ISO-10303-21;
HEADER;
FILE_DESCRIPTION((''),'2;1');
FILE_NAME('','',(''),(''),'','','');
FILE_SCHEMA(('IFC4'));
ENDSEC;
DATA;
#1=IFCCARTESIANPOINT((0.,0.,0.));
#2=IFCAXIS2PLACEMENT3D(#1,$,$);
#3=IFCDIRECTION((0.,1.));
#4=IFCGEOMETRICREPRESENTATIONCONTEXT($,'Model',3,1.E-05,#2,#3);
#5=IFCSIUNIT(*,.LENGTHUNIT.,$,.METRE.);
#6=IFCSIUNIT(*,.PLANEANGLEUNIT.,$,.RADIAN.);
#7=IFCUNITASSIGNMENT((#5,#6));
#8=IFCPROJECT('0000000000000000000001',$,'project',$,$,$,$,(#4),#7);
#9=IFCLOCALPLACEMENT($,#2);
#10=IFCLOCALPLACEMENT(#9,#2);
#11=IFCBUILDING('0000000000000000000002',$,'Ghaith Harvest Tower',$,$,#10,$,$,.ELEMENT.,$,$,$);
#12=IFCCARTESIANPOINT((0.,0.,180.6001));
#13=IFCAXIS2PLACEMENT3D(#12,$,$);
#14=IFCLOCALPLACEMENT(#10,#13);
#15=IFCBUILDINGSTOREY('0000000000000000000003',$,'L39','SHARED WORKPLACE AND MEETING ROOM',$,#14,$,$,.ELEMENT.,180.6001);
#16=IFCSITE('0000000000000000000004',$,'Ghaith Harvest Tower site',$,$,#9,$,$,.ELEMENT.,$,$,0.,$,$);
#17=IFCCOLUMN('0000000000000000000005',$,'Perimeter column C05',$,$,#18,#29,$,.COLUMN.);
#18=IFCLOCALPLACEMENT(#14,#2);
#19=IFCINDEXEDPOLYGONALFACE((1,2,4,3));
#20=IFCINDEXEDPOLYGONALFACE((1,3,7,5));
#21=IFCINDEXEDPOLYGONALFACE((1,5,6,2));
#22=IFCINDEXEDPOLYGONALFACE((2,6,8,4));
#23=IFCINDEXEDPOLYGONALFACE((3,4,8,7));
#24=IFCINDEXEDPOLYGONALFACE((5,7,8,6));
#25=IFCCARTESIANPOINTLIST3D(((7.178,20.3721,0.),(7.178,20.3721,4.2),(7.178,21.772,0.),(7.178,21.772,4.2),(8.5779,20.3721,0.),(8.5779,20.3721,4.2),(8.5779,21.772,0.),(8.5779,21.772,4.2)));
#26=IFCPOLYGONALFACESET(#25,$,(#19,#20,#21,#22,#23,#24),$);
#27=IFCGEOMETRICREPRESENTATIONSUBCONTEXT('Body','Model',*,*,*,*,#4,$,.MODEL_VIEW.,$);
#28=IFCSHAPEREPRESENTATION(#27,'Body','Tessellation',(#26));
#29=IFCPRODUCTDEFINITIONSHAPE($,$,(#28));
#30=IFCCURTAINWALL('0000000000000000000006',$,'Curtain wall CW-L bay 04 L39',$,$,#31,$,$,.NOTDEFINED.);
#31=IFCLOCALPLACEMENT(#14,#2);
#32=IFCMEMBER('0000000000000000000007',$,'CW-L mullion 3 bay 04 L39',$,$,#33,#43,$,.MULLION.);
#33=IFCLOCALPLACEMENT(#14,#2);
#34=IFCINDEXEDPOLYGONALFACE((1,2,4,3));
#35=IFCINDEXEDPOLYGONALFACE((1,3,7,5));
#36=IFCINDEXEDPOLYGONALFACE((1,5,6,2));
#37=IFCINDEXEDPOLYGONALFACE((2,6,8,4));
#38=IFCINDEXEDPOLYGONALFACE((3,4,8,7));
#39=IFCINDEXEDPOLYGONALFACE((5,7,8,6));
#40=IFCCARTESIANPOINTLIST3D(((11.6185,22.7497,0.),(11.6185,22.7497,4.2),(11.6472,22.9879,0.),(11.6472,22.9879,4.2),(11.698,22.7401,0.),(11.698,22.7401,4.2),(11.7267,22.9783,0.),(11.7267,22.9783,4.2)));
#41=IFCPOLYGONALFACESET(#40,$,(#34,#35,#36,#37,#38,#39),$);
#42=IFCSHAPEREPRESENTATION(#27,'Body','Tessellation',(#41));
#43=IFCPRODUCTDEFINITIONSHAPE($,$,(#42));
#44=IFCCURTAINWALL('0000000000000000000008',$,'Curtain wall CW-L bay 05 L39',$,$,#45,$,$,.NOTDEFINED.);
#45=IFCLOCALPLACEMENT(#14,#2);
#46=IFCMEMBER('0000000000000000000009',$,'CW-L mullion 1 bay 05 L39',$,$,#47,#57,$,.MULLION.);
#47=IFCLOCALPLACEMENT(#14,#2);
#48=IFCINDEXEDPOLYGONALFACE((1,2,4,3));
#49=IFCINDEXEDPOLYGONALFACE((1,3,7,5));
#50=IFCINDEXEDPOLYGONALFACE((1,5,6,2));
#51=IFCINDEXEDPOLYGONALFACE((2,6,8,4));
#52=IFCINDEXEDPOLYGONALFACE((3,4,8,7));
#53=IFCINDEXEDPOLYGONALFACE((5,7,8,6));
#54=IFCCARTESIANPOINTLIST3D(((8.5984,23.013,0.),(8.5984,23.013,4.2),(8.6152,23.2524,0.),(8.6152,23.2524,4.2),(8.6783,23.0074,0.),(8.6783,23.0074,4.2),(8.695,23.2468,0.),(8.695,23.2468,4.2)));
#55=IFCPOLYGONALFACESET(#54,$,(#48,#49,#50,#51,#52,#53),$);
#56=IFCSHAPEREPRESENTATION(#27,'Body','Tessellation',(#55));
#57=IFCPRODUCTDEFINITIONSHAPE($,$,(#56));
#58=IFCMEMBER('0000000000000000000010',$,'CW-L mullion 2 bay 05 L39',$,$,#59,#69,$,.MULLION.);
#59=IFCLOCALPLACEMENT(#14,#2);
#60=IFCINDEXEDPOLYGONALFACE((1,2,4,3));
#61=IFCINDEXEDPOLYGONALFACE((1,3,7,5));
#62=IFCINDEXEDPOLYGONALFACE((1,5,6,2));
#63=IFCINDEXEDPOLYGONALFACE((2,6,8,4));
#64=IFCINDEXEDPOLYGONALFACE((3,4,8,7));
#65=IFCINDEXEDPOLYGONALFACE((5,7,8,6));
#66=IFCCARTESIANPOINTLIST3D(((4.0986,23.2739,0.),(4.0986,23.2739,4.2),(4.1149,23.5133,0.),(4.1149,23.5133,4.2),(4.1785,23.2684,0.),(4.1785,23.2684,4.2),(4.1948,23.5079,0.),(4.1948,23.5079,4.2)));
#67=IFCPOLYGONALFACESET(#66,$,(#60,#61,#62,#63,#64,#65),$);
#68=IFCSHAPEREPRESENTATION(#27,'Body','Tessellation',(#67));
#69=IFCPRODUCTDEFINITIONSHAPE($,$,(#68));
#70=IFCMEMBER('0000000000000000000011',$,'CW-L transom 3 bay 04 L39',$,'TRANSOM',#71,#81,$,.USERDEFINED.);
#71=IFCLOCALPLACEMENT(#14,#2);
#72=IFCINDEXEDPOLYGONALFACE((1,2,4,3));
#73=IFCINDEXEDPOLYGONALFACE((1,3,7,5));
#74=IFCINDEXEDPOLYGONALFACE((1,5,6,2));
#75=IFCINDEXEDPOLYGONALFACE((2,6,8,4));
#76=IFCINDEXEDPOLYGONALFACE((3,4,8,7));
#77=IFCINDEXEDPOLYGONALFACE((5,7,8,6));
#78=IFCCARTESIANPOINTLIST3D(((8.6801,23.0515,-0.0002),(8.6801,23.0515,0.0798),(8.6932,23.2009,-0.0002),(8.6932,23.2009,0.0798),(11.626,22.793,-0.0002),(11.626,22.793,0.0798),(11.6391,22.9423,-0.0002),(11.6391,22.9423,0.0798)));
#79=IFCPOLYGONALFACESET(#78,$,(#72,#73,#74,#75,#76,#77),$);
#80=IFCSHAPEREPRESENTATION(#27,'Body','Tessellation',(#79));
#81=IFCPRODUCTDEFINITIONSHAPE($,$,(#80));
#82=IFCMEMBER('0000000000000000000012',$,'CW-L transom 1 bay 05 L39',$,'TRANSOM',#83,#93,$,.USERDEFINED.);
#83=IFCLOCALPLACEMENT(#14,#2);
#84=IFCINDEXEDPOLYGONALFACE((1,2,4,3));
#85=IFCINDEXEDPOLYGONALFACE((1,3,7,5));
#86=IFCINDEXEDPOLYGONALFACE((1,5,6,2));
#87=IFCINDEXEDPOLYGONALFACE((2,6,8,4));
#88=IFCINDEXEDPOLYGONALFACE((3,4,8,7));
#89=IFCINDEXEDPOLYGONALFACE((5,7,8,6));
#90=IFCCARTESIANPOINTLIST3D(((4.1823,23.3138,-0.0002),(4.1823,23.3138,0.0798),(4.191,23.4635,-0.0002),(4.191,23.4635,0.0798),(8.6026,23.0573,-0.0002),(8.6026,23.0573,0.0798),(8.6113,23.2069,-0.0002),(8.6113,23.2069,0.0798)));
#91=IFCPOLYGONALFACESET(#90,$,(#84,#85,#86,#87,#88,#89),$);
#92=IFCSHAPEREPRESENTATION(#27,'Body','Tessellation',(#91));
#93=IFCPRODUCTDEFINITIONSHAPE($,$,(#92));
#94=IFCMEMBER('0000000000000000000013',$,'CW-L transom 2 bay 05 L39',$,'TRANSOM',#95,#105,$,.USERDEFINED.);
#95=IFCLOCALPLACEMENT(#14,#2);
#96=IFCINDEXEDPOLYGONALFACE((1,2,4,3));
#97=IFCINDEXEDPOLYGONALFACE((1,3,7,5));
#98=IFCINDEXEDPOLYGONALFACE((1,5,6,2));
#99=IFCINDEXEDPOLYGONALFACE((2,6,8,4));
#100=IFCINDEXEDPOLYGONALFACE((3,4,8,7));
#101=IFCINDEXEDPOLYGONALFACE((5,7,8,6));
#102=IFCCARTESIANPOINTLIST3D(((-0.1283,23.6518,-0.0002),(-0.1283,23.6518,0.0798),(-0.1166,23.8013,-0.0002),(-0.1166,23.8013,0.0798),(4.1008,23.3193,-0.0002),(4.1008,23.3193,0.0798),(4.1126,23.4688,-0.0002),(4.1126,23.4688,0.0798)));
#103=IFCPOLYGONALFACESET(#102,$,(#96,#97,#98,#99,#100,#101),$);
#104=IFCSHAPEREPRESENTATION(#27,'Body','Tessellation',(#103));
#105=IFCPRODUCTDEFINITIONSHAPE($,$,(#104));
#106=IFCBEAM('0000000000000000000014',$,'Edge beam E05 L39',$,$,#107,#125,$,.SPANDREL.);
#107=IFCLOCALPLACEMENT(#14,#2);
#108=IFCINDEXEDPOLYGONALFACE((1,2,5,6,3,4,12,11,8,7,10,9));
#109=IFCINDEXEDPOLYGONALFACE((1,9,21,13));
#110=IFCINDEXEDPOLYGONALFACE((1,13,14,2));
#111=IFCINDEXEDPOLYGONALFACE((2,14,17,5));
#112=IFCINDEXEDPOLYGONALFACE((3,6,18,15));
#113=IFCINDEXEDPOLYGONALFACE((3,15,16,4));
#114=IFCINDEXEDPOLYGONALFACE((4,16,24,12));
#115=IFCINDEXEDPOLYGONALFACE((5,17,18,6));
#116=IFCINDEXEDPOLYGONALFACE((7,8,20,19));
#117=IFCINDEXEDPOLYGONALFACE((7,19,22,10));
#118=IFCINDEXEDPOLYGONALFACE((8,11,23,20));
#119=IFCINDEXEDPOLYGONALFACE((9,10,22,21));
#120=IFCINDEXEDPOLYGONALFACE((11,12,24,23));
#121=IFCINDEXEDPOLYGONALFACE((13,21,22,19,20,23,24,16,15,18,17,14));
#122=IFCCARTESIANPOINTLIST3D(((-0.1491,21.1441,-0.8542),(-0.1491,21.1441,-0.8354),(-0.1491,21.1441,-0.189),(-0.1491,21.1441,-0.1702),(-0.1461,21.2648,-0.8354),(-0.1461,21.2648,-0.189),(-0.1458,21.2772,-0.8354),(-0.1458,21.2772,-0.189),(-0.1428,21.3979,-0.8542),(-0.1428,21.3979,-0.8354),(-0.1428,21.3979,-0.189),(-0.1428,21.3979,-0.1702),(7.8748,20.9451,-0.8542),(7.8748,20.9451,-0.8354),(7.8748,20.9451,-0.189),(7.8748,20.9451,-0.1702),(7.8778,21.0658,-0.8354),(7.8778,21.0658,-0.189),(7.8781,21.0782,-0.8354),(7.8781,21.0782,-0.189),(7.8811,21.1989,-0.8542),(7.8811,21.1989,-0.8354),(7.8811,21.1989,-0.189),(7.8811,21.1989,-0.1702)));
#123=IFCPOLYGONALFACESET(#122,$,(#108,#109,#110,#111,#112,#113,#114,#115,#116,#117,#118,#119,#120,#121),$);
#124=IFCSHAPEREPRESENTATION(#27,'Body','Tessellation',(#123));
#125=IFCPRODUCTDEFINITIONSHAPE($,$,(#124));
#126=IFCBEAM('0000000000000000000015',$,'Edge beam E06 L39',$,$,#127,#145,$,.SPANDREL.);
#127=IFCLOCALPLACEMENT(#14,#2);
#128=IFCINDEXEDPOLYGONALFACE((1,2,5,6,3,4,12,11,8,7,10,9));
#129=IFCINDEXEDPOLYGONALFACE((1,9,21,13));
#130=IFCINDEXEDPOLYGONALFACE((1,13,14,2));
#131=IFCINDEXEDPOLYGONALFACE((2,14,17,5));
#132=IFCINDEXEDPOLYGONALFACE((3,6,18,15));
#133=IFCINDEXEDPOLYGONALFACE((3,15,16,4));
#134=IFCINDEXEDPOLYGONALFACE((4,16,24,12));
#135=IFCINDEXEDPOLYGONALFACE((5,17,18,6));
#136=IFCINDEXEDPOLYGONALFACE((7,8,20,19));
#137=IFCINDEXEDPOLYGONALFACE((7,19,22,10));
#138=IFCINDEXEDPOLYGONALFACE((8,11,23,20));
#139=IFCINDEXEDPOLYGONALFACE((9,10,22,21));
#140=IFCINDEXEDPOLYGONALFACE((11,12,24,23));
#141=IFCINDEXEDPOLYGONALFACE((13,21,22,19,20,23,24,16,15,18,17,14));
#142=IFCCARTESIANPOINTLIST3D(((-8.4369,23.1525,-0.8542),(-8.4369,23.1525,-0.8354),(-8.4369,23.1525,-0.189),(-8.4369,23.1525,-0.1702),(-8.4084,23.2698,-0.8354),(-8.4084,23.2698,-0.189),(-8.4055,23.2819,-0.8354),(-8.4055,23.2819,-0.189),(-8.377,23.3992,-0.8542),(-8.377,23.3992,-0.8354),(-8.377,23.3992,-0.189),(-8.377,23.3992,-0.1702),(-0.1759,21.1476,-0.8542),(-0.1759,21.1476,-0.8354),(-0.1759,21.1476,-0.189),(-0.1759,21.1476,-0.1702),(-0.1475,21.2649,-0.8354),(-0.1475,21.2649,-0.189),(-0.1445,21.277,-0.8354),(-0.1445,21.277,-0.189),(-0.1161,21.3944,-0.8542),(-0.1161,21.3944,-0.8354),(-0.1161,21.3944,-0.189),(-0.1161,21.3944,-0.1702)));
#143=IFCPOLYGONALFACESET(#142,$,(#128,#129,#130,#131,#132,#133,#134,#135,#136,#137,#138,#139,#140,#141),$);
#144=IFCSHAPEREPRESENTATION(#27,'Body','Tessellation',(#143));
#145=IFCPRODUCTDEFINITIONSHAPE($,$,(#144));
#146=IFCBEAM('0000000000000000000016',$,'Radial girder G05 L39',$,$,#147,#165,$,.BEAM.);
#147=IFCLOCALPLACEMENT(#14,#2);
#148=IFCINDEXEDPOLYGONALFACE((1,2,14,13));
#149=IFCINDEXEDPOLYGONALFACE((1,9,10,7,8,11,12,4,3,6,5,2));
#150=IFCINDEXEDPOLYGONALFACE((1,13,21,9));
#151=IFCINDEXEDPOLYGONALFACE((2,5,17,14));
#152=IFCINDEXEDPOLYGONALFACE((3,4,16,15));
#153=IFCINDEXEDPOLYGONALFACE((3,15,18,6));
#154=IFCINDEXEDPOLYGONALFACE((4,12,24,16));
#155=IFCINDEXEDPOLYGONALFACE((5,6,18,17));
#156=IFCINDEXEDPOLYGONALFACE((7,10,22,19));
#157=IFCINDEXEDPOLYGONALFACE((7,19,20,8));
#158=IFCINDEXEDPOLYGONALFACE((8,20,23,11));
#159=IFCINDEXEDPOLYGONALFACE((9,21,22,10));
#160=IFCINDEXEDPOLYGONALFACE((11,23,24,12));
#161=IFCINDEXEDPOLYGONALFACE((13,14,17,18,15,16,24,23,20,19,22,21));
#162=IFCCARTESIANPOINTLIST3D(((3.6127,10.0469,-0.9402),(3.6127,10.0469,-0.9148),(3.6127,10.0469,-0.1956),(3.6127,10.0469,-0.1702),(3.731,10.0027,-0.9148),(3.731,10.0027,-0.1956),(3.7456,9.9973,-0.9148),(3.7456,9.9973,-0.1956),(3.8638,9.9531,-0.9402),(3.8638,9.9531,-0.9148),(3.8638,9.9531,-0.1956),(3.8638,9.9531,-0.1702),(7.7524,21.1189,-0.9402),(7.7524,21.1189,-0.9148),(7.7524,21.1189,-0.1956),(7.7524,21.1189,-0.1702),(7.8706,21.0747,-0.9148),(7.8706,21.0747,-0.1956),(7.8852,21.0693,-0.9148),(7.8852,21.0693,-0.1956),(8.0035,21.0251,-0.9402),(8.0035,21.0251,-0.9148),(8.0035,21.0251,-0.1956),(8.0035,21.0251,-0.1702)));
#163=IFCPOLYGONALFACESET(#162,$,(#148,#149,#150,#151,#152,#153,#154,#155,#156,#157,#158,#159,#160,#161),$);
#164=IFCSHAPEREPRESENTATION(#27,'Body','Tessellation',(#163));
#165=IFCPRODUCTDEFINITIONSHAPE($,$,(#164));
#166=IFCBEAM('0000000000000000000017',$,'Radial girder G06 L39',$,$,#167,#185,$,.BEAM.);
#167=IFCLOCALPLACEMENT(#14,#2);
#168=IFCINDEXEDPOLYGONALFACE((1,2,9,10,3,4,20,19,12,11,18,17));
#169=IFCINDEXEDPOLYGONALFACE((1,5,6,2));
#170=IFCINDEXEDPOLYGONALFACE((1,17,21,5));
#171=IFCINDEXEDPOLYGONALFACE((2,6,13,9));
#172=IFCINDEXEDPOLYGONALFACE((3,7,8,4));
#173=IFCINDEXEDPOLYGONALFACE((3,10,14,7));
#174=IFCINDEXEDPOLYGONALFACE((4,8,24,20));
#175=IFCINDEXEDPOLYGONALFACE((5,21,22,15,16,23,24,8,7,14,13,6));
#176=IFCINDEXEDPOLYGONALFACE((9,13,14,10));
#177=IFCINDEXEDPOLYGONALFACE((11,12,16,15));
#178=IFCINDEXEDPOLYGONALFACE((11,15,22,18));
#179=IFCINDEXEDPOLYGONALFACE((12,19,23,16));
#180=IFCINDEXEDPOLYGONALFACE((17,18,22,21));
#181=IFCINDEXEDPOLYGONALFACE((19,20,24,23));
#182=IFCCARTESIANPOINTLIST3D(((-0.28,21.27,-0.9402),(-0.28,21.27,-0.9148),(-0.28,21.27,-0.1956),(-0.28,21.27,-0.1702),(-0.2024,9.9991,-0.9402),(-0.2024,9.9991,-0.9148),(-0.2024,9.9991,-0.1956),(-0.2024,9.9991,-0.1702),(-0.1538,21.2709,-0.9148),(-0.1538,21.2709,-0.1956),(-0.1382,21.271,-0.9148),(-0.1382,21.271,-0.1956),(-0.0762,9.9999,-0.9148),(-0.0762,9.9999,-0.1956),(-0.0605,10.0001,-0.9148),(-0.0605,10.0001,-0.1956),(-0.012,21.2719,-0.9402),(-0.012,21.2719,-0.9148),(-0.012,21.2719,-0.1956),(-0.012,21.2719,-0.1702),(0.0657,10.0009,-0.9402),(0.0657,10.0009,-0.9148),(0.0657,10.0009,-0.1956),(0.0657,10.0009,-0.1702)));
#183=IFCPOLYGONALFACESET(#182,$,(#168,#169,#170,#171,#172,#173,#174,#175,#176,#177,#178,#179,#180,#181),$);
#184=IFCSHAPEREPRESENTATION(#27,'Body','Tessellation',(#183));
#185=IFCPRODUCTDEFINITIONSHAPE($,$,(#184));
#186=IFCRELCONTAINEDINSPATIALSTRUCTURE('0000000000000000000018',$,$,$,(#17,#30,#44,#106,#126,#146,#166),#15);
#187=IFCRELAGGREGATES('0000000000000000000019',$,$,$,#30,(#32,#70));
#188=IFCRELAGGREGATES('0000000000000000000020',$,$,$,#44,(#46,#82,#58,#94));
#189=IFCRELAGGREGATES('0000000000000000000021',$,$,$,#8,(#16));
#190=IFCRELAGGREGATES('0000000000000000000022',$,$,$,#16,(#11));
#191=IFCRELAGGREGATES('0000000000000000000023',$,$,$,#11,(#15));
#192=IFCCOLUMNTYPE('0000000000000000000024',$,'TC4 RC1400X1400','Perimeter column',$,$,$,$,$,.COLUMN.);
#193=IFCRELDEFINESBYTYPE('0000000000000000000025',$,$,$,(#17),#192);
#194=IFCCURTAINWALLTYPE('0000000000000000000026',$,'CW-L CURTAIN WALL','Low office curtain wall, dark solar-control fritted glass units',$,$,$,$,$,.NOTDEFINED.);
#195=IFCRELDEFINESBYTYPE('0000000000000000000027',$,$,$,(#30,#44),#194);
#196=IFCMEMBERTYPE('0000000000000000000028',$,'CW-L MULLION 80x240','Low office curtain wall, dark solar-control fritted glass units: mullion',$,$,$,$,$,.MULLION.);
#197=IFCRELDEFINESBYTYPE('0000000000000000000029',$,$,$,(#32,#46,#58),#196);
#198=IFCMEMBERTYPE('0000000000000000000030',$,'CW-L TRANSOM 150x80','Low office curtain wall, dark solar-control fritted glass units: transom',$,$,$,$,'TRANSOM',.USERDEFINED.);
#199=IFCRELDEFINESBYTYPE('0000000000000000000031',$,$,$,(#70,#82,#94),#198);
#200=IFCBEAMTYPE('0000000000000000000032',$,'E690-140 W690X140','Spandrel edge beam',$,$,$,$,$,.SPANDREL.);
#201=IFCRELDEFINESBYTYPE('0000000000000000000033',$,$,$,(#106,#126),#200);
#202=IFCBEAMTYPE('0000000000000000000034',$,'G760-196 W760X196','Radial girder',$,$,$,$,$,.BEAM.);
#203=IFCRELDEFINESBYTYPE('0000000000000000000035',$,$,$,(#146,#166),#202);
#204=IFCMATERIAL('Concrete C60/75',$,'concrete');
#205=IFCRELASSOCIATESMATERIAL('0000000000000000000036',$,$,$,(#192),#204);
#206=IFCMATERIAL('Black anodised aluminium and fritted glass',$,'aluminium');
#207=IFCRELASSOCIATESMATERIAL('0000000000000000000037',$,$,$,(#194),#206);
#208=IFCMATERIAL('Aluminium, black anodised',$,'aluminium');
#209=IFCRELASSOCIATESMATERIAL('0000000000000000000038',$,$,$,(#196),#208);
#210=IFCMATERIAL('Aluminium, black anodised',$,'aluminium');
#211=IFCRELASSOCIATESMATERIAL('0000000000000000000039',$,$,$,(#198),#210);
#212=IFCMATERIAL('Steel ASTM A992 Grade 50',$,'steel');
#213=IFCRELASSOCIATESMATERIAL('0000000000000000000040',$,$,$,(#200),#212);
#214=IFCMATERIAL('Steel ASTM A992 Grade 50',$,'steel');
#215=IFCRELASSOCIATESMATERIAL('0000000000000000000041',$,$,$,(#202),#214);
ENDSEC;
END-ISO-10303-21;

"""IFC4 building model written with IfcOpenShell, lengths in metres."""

from ifc_helpers import new_model, si_unit, direction, frame, origin, origin_2d, place, context, subcontext, project, spatial, rectangle, i_section, extrude, material, material_profile, profile_set, type_object, element, aggregate, save


model = new_model("IFC4")

# Units and contexts
model_context = context("Model", 3, precision=1e-05, world=origin(), true_north=direction((0.0, 1.0)))
body_context = subcontext(model_context, "Body", "Model", "MODEL_VIEW")
ifc_project = project(units=[si_unit("LENGTHUNIT", "METRE"), si_unit("PLANEANGLEUNIT", "RADIAN")], contexts=[model_context])

# Site, building, storey
site_placement = place(None, origin())
site = spatial("IfcSite", under=ifc_project, at=site_placement, Name="Ghaith Harvest Tower site", CompositionType="ELEMENT", RefElevation=0.0)
building_placement = place(site_placement, origin())
building = spatial("IfcBuilding", under=site, at=building_placement, Name="Ghaith Harvest Tower", CompositionType="ELEMENT")
storey_placement = place(building_placement, frame((0.0, 0.0, 180.6001)))
storey = spatial("IfcBuildingStorey", under=building, at=storey_placement, Name="L39", Description="SHARED WORKPLACE AND MEETING ROOM", CompositionType="ELEMENT", Elevation=180.6001)

# Column
ifc_material_1 = material(Name="Concrete C60/75", Category="concrete")
ifc_material_profile_1 = material_profile(ifc_material_1, rectangle(XDim=1.3999, YDim=1.3999, at=origin_2d()), Name="RC1400X1400")
ifc_profile_set_1 = profile_set([ifc_material_profile_1], Name="Concrete C60/75")
column_type = type_object("IfcColumnType", Name="TC4 RC1400X1400", Description="Perimeter column", PredefinedType="COLUMN", material=ifc_profile_set_1)
column_placement = place(storey_placement, frame((7.8779, 21.072, 0.0), z_axis=(0.0, 0.0, 1.0), x_axis=(1.0, 0.0, 0.0)))
element("IfcColumn", 1, at=column_placement, inside=storey, type_object=column_type, Name="Perimeter column C05", PredefinedType="COLUMN", context=body_context, shape_type="SweptSolid", body=[
    extrude(rectangle(XDim=1.3999, YDim=1.3999, at=origin_2d()), origin(), (0.0, 0.0, 1.0), 4.2),
])

# Curtain wall, member
ifc_material_2 = material(Name="Black anodised aluminium and fritted glass", Category="aluminium")
curtain_wall_type = type_object("IfcCurtainWallType", Name="CW-L CURTAIN WALL", Description="Low office curtain wall, dark solar-control fritted glass units", PredefinedType="NOTDEFINED", material=ifc_material_2)
curtain_wall_1_placement = place(storey_placement, origin())
curtain_wall_1 = element("IfcCurtainWall", 2, at=curtain_wall_1_placement, inside=storey, type_object=curtain_wall_type, Name="Curtain wall CW-L bay 04 L39", PredefinedType="NOTDEFINED")
ifc_material_3 = material(Name="Aluminium, black anodised", Category="aluminium")
ifc_material_profile_2 = material_profile(ifc_material_3, rectangle(XDim=0.0801, YDim=0.24, at=origin_2d()), Name="CW-L MULLION 80x240")
ifc_profile_set_2 = profile_set([ifc_material_profile_2], Name="Aluminium, black anodised")
member_type_1 = type_object("IfcMemberType", Name="CW-L MULLION 80x240", Description="Low office curtain wall, dark solar-control fritted glass units: mullion", PredefinedType="MULLION", material=ifc_profile_set_2)
member_1_placement = place(storey_placement, frame((11.6726, 22.864, 0.0), z_axis=(0.0, 0.0, 1.0), x_axis=(-0.9928, 0.11978, 0.0)))
member_1 = element("IfcMember", 3, at=member_1_placement, type_object=member_type_1, Name="CW-L mullion 3 bay 04 L39", PredefinedType="MULLION", context=body_context, shape_type="SweptSolid", body=[
    extrude(rectangle(XDim=0.0801, YDim=0.24, at=origin_2d()), origin(), (0.0, 0.0, 1.0), 4.2),
])

# Curtain wall, members
curtain_wall_2_placement = place(storey_placement, origin())
curtain_wall_2 = element("IfcCurtainWall", 4, at=curtain_wall_2_placement, inside=storey, type_object=curtain_wall_type, Name="Curtain wall CW-L bay 05 L39", PredefinedType="NOTDEFINED")
member_2_placement = place(storey_placement, frame((8.6467, 23.1299, 0.0), z_axis=(0.0, 0.0, 1.0), x_axis=(-0.997559, 0.069832, 0.0)))
member_2 = element("IfcMember", 5, at=member_2_placement, type_object=member_type_1, Name="CW-L mullion 1 bay 05 L39", PredefinedType="MULLION", context=body_context, shape_type="SweptSolid", body=[
    extrude(rectangle(XDim=0.0801, YDim=0.24, at=origin_2d()), origin(), (0.0, 0.0, 1.0), 4.2),
])
member_3_placement = place(storey_placement, frame((4.1467, 23.3909, 0.0), z_axis=(0.0, 0.0, 1.0), x_axis=(-0.99769, 0.067933, 0.0)))
member_3 = element("IfcMember", 6, at=member_3_placement, type_object=member_type_1, Name="CW-L mullion 2 bay 05 L39", PredefinedType="MULLION", context=body_context, shape_type="SweptSolid", body=[
    extrude(rectangle(XDim=0.0801, YDim=0.24, at=origin_2d()), origin(), (0.0, 0.0, 1.0), 4.2),
])

# Members
ifc_material_4 = material(Name="Aluminium, black anodised", Category="aluminium")
ifc_material_profile_3 = material_profile(ifc_material_4, rectangle(XDim=0.1499, YDim=0.0801, at=origin_2d()), Name="CW-L TRANSOM 150x80")
ifc_profile_set_3 = profile_set([ifc_material_profile_3], Name="Aluminium, black anodised")
member_type_2 = type_object("IfcMemberType", Name="CW-L TRANSOM 150x80", Description="Low office curtain wall, dark solar-control fritted glass units: transom", ElementType="TRANSOM", PredefinedType="USERDEFINED", material=ifc_profile_set_3)
member_4_placement = place(storey_placement, frame((11.6326, 22.8677, 0.0398), z_axis=(-0.996171, 0.087424, 0.0), x_axis=(-0.087424, -0.996171, 0.0)))
member_4 = element("IfcMember", 7, at=member_4_placement, type_object=member_type_2, Name="CW-L transom 3 bay 04 L39", ObjectType="TRANSOM", PredefinedType="USERDEFINED", context=body_context, shape_type="SweptSolid", body=[
    extrude(rectangle(XDim=0.1499, YDim=0.0801, at=origin_2d()), origin(), (0.0, 0.0, 1.0), 2.9573),
])
member_5_placement = place(storey_placement, frame((8.6069, 23.1321, 0.0398), z_axis=(-0.99832, 0.05795, 0.0), x_axis=(-0.05795, -0.99832, 0.0)))
member_5 = element("IfcMember", 8, at=member_5_placement, type_object=member_type_2, Name="CW-L transom 1 bay 05 L39", ObjectType="TRANSOM", PredefinedType="USERDEFINED", context=body_context, shape_type="SweptSolid", body=[
    extrude(rectangle(XDim=0.1499, YDim=0.0801, at=origin_2d()), origin(), (0.0, 0.0, 1.0), 4.4277),
])
member_6_placement = place(storey_placement, frame((4.1067, 23.394, 0.0398), z_axis=(-0.996923, 0.078382, 0.0), x_axis=(-0.078382, -0.996923, 0.0)))
member_6 = element("IfcMember", 9, at=member_6_placement, type_object=member_type_2, Name="CW-L transom 2 bay 05 L39", ObjectType="TRANSOM", PredefinedType="USERDEFINED", context=body_context, shape_type="SweptSolid", body=[
    extrude(rectangle(XDim=0.1499, YDim=0.0801, at=origin_2d()), origin(), (0.0, 0.0, 1.0), 4.2422),
])

# Beams
ifc_material_5 = material(Name="Steel ASTM A992 Grade 50", Category="steel")
ifc_material_profile_4 = material_profile(ifc_material_5, i_section(OverallWidth=0.2539, OverallDepth=0.6841, WebThickness=0.0125, FlangeThickness=0.0188, at=origin_2d()), Name="W690X140")
ifc_profile_set_4 = profile_set([ifc_material_profile_4], Name="Steel ASTM A992 Grade 50")
beam_type_1 = type_object("IfcBeamType", Name="E690-140 W690X140", Description="Spandrel edge beam", PredefinedType="SPANDREL", material=ifc_profile_set_4)
beam_1_placement = place(storey_placement, frame((7.8779, 21.072, -0.5122), z_axis=(-0.999693, 0.02479, 0.0), x_axis=(-0.02479, -0.999693, 0.0)))
element("IfcBeam", 10, at=beam_1_placement, inside=storey, type_object=beam_type_1, Name="Edge beam E05 L39", PredefinedType="SPANDREL", context=body_context, shape_type="SweptSolid", body=[
    extrude(i_section(OverallWidth=0.2539, OverallDepth=0.6841, WebThickness=0.0125, FlangeThickness=0.0188, at=origin_2d()), origin(), (0.0, 0.0, 1.0), 8.0264),
])
beam_2_placement = place(storey_placement, frame((-0.146, 21.271, -0.5122), z_axis=(-0.97179, 0.235847, 0.0), x_axis=(-0.235847, -0.97179, 0.0)))
element("IfcBeam", 11, at=beam_2_placement, inside=storey, type_object=beam_type_1, Name="Edge beam E06 L39", PredefinedType="SPANDREL", context=body_context, shape_type="SweptSolid", body=[
    extrude(i_section(OverallWidth=0.2539, OverallDepth=0.6841, WebThickness=0.0125, FlangeThickness=0.0188, at=origin_2d()), origin(), (0.0, 0.0, 1.0), 8.5007),
])
ifc_material_6 = material(Name="Steel ASTM A992 Grade 50", Category="steel")
ifc_material_profile_5 = material_profile(ifc_material_6, i_section(OverallWidth=0.2681, OverallDepth=0.77, WebThickness=0.0156, FlangeThickness=0.0254, at=origin_2d()), Name="W760X196")
ifc_profile_set_5 = profile_set([ifc_material_profile_5], Name="Steel ASTM A992 Grade 50")
beam_type_2 = type_object("IfcBeamType", Name="G760-196 W760X196", Description="Radial girder", PredefinedType="BEAM", material=ifc_profile_set_5)
beam_3_placement = place(storey_placement, frame((3.7383, 10.0, -0.5552), z_axis=(0.350207, 0.936672, 0.0), x_axis=(-0.936672, 0.350207, 0.0)))
element("IfcBeam", 12, at=beam_3_placement, inside=storey, type_object=beam_type_2, Name="Radial girder G05 L39", PredefinedType="BEAM", context=body_context, shape_type="SweptSolid", body=[
    extrude(i_section(OverallWidth=0.2681, OverallDepth=0.77, WebThickness=0.0156, FlangeThickness=0.0254, at=origin_2d()), origin(), (0.0, 0.0, 1.0), 11.8206),
])
beam_4_placement = place(storey_placement, frame((-0.0684, 10.0, -0.5552), z_axis=(-0.006888, 0.999976, 0.0), x_axis=(-0.999976, -0.006888, 0.0)))
element("IfcBeam", 13, at=beam_4_placement, inside=storey, type_object=beam_type_2, Name="Radial girder G06 L39", PredefinedType="BEAM", context=body_context, shape_type="SweptSolid", body=[
    extrude(i_section(OverallWidth=0.2681, OverallDepth=0.77, WebThickness=0.0156, FlangeThickness=0.0254, at=origin_2d()), origin(), (0.0, 0.0, 1.0), 11.2712),
])

aggregate(curtain_wall_1, [member_1, member_4])
aggregate(curtain_wall_2, [member_2, member_5, member_3, member_6])

save(model, "model.ifc")
